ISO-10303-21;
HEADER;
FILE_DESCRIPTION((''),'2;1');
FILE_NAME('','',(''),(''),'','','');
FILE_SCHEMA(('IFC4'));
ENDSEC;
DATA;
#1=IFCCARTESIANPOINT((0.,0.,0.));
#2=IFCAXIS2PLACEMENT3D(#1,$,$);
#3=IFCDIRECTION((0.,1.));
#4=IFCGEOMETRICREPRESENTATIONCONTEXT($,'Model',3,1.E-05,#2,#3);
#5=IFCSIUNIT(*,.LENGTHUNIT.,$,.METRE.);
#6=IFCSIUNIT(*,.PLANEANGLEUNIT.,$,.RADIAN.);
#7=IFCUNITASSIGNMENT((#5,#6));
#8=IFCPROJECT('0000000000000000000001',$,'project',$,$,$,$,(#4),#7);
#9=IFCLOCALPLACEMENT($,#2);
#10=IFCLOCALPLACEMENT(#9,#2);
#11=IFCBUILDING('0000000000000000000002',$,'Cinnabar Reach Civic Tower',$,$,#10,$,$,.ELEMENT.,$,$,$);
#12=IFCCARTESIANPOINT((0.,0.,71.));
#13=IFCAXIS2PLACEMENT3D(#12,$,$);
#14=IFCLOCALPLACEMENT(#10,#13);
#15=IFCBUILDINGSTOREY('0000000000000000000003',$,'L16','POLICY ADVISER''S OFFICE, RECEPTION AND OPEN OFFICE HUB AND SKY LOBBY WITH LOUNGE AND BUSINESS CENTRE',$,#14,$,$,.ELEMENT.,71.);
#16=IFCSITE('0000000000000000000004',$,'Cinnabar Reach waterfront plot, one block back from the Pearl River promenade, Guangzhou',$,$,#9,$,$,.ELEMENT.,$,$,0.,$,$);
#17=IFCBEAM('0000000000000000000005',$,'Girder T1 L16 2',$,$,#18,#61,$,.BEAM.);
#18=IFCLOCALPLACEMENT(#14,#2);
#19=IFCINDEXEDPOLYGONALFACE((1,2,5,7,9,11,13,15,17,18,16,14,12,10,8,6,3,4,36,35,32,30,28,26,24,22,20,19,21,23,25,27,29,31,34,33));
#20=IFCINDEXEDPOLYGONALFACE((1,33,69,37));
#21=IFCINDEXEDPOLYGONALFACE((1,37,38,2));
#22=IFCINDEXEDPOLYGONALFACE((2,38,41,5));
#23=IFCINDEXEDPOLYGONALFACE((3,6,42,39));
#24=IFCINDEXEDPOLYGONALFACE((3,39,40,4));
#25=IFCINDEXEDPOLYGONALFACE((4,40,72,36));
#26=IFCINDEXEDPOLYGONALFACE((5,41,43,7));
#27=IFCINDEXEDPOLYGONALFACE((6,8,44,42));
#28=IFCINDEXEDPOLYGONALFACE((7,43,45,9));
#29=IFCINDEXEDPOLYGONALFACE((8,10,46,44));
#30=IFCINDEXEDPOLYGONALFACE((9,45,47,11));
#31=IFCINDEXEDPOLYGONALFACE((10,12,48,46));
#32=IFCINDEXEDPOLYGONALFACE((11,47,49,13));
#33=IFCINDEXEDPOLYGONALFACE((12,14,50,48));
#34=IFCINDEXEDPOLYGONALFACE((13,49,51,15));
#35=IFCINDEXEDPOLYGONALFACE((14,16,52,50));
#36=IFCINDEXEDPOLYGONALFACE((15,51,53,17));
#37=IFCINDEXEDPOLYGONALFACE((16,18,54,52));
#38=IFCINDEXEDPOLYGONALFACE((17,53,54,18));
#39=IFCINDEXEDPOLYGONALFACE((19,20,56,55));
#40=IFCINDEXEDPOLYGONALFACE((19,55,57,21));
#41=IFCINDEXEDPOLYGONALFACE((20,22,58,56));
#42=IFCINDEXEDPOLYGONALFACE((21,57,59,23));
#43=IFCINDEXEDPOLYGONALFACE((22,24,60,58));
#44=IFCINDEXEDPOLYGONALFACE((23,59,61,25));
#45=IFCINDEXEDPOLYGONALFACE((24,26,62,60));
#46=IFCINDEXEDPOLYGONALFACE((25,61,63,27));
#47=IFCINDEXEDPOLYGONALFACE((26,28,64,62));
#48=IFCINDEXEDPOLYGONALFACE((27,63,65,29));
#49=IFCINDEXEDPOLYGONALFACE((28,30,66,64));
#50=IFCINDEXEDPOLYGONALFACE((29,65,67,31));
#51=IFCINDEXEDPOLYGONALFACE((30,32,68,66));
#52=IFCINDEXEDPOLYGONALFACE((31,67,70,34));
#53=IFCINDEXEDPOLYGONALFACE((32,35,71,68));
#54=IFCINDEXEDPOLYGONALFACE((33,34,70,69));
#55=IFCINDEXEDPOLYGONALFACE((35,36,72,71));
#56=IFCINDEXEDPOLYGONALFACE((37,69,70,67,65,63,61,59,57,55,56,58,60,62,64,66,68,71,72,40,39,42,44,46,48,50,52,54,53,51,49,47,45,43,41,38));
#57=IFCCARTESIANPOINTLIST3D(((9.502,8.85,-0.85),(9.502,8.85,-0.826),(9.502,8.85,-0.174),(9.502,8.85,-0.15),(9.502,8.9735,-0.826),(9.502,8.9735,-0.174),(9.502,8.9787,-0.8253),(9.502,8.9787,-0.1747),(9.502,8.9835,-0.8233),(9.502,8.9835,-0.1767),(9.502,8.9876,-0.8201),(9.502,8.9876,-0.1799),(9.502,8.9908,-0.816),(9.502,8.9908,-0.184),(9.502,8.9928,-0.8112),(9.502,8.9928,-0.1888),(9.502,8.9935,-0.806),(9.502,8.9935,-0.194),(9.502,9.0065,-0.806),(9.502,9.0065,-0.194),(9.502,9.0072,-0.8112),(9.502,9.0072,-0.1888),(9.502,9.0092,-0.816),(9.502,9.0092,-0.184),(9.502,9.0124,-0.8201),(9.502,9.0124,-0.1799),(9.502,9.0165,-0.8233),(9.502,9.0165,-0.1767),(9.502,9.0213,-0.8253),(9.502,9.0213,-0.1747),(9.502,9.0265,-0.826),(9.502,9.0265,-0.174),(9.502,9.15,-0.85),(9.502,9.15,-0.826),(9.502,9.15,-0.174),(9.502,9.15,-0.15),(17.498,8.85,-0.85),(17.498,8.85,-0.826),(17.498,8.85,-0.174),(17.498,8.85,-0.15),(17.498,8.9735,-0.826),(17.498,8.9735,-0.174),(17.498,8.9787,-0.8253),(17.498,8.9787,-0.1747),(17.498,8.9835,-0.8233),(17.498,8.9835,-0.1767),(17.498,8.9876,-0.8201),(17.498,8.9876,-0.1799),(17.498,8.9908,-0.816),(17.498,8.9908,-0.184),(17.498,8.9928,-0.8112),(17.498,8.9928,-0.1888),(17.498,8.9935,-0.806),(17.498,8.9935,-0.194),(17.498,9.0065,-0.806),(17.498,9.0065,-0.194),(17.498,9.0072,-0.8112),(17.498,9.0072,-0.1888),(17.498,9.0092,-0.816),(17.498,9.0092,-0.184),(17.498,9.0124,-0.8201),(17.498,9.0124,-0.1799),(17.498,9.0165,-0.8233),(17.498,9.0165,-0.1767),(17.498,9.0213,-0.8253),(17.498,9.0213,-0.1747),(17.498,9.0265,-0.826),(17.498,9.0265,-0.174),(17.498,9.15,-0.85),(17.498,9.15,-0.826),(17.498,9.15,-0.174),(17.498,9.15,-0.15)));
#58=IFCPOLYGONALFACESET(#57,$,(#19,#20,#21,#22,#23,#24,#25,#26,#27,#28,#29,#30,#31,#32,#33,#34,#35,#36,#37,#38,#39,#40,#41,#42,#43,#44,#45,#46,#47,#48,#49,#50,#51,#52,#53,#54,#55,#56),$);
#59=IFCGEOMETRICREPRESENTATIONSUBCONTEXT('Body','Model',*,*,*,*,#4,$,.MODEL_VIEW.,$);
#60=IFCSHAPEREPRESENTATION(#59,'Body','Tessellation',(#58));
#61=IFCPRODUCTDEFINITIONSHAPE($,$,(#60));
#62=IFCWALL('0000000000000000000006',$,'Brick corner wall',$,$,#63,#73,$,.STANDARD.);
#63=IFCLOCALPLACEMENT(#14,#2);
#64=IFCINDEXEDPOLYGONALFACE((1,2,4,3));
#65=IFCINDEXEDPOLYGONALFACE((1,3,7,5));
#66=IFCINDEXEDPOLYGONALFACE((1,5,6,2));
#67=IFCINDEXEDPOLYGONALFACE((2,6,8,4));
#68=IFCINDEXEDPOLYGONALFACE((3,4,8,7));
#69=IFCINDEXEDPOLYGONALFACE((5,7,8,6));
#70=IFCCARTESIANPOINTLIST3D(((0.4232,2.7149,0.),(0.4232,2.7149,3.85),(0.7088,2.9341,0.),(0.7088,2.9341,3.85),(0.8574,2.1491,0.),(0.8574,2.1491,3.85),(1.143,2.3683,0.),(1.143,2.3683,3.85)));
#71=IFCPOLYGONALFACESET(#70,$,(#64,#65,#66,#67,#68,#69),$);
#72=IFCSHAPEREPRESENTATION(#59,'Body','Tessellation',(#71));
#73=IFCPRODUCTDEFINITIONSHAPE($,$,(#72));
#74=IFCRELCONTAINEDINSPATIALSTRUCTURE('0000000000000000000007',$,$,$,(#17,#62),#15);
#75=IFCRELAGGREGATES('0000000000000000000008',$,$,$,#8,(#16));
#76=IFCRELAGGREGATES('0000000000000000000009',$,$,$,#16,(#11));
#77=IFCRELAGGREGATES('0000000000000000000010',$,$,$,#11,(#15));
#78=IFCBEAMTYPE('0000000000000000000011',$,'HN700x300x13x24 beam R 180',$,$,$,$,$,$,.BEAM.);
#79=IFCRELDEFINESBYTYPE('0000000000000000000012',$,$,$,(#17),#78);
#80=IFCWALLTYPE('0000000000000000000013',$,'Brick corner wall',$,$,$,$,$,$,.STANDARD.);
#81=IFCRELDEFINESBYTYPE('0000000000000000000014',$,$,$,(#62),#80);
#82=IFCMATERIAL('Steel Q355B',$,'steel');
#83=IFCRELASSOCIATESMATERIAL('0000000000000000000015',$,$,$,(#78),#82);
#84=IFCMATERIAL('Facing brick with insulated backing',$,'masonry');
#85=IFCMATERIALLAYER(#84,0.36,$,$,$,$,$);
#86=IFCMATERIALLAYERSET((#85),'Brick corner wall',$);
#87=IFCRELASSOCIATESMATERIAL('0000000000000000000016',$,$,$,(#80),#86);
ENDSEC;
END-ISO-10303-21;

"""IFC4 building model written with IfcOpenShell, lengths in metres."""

from ifc_helpers import new_model, si_unit, direction, frame, frame_2d, origin, origin_2d, place, context, subcontext, project, spatial, rectangle, i_section, extrude, material, layer, layer_set, material_profile, profile_set, type_object, element, save


model = new_model("IFC4")

# Units and contexts
model_context = context("Model", 3, precision=1e-05, world=origin(), true_north=direction((0.0, 1.0)))
body_context = subcontext(model_context, "Body", "Model", "MODEL_VIEW")
ifc_project = project(units=[si_unit("LENGTHUNIT", "METRE"), si_unit("PLANEANGLEUNIT", "RADIAN")], contexts=[model_context])

# Site, building, storey
site_placement = place(None, origin())
site = spatial("IfcSite", under=ifc_project, at=site_placement, Name="Cinnabar Reach waterfront plot, one block back from the Pearl River promenade, Guangzhou", CompositionType="ELEMENT", RefElevation=0.0)
building_placement = place(site_placement, origin())
building = spatial("IfcBuilding", under=site, at=building_placement, Name="Cinnabar Reach Civic Tower", CompositionType="ELEMENT")
storey_placement = place(building_placement, frame((0.0, 0.0, 71.0)))
storey = spatial("IfcBuildingStorey", under=building, at=storey_placement, Name="L16", Description="POLICY ADVISER'S OFFICE, RECEPTION AND OPEN OFFICE HUB AND SKY LOBBY WITH LOUNGE AND BUSINESS CENTRE", CompositionType="ELEMENT", Elevation=71.0)

# Beam
ifc_material_1 = material(Name="Steel Q355B", Category="steel")
ifc_material_profile_1 = material_profile(ifc_material_1, i_section(OverallWidth=0.3, OverallDepth=0.7, WebThickness=0.013, FlangeThickness=0.024, FilletRadius=0.02, at=origin_2d()), Name="HN700x300x13x24")
ifc_profile_set_1 = profile_set([ifc_material_profile_1], Name="Steel Q355B")
beam_type_1 = type_object("IfcBeamType", Name="HN700x300x13x24 beam R 180", PredefinedType="BEAM", material=ifc_profile_set_1)
beam_1_placement = place(storey_placement, frame((9.502, 9.0, -0.5), z_axis=(1.0, 0.0, 0.0), x_axis=(0.0, 1.0, 0.0)))
element("IfcBeam", 1, at=beam_1_placement, inside=storey, type_object=beam_type_1, Name="Girder T1 L16 2", PredefinedType="BEAM", context=body_context, shape_type="SweptSolid", body=[
    extrude(i_section(OverallWidth=0.3, OverallDepth=0.7, WebThickness=0.013, FlangeThickness=0.024, FilletRadius=0.02, at=origin_2d()), origin(), (0.0, 0.0, 1.0), 7.996),
])

# Wall
ifc_material_2 = material(Name="Facing brick with insulated backing", Category="masonry")
ifc_layer = layer(ifc_material_2, 0.36)
ifc_layer_set = layer_set([ifc_layer], Name="Brick corner wall")
wall_type = type_object("IfcWallType", Name="Brick corner wall", PredefinedType="STANDARD", material=ifc_layer_set)
wall_placement = place(storey_placement, frame((0.566, 2.8245, 0.0), z_axis=(0.0, 0.0, 1.0), x_axis=(0.608802, -0.793322, 0.0)))
element("IfcWall", 2, at=wall_placement, inside=storey, type_object=wall_type, Name="Brick corner wall", PredefinedType="STANDARD", context=body_context, shape_type="SweptSolid", body=[
    extrude(rectangle(XDim=0.7132, YDim=0.36, at=frame_2d((0.3566, 0.0))), origin(), (0.0, 0.0, 1.0), 3.85),
])

save(model, "model.ifc")
